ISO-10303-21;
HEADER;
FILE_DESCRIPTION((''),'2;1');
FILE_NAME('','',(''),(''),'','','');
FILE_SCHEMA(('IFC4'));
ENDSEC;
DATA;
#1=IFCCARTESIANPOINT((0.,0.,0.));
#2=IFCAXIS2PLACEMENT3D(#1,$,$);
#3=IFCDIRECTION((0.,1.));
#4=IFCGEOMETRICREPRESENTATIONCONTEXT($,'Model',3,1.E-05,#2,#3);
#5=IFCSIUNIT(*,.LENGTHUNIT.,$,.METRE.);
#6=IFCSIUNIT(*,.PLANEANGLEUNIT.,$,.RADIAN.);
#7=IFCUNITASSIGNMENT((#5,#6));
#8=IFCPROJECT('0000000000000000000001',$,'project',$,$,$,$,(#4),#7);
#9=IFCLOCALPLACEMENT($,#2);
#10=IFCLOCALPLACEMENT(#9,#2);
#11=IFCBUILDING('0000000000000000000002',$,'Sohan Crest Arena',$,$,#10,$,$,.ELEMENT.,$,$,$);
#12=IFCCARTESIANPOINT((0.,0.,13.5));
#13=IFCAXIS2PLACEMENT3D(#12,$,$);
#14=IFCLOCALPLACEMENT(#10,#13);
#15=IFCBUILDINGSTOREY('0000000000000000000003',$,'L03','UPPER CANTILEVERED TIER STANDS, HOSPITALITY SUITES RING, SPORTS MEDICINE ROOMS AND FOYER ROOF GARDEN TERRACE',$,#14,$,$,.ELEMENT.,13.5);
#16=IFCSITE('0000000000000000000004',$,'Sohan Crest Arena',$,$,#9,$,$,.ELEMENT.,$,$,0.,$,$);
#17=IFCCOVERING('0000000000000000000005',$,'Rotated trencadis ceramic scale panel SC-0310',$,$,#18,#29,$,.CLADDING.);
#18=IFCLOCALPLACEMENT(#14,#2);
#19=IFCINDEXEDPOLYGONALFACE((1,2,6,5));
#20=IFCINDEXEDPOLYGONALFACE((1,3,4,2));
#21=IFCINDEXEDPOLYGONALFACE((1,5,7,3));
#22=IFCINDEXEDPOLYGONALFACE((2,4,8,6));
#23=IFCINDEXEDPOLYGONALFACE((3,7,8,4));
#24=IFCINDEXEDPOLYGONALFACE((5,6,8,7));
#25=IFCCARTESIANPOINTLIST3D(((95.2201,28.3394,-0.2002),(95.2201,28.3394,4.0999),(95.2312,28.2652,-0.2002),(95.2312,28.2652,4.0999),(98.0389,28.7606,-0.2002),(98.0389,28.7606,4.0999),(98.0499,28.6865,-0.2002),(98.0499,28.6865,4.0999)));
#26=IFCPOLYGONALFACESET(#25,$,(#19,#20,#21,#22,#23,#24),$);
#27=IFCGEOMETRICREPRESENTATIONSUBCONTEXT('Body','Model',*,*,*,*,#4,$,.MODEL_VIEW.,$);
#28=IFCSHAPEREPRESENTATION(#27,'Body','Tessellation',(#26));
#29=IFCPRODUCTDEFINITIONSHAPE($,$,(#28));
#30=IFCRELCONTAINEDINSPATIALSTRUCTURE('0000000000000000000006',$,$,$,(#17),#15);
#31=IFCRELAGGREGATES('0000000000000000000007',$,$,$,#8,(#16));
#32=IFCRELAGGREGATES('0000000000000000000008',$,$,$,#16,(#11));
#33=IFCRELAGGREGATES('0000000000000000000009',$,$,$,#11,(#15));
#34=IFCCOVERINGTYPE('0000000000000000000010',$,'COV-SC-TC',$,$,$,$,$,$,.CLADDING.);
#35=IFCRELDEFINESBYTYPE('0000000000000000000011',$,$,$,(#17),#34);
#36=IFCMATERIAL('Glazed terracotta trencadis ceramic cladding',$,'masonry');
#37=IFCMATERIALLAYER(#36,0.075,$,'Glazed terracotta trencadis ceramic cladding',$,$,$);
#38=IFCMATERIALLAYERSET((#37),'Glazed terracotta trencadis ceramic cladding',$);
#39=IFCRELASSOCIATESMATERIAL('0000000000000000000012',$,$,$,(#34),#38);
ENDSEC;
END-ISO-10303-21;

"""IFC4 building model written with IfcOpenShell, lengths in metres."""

from ifc_helpers import new_model, si_unit, direction, frame, origin, origin_2d, place, context, subcontext, project, spatial, rectangle, extrude, material, layer, layer_set, type_object, element, save


model = new_model("IFC4")

# Units and contexts
model_context = context("Model", 3, precision=1e-05, world=origin(), true_north=direction((0.0, 1.0)))
body_context = subcontext(model_context, "Body", "Model", "MODEL_VIEW")
ifc_project = project(units=[si_unit("LENGTHUNIT", "METRE"), si_unit("PLANEANGLEUNIT", "RADIAN")], contexts=[model_context])

# Site, building, storey
site_placement = place(None, origin())
site = spatial("IfcSite", under=ifc_project, at=site_placement, Name="Sohan Crest Arena", CompositionType="ELEMENT", RefElevation=0.0)
building_placement = place(site_placement, origin())
building = spatial("IfcBuilding", under=site, at=building_placement, Name="Sohan Crest Arena", CompositionType="ELEMENT")
storey_placement = place(building_placement, frame((0.0, 0.0, 13.5)))
storey = spatial("IfcBuildingStorey", under=building, at=storey_placement, Name="L03", Description="UPPER CANTILEVERED TIER STANDS, HOSPITALITY SUITES RING, SPORTS MEDICINE ROOMS AND FOYER ROOF GARDEN TERRACE", CompositionType="ELEMENT", Elevation=13.5)

# Covering
ifc_material_1 = material(Name="Glazed terracotta trencadis ceramic cladding", Category="masonry")
ifc_layer_1 = layer(ifc_material_1, 0.075, Name="Glazed terracotta trencadis ceramic cladding")
ifc_layer_set_1 = layer_set([ifc_layer_1], Name="Glazed terracotta trencadis ceramic cladding")
covering_type = type_object("IfcCoveringType", Name="COV-SC-TC", PredefinedType="CLADDING", material=ifc_layer_set_1)
covering_placement = place(storey_placement, frame((96.635, 28.5129, -0.2002), z_axis=(0.0, 0.0, 1.0), x_axis=(0.989016, 0.147809, 0.0)))
element("IfcCovering", 1, at=covering_placement, inside=storey, type_object=covering_type, Name="Rotated trencadis ceramic scale panel SC-0310", PredefinedType="CLADDING", context=body_context, shape_type="SweptSolid", body=[
    extrude(rectangle(XDim=2.8501, YDim=0.075, at=origin_2d()), origin(), (0.0, 0.0, 1.0), 4.3),
])

save(model, "model.ifc")
